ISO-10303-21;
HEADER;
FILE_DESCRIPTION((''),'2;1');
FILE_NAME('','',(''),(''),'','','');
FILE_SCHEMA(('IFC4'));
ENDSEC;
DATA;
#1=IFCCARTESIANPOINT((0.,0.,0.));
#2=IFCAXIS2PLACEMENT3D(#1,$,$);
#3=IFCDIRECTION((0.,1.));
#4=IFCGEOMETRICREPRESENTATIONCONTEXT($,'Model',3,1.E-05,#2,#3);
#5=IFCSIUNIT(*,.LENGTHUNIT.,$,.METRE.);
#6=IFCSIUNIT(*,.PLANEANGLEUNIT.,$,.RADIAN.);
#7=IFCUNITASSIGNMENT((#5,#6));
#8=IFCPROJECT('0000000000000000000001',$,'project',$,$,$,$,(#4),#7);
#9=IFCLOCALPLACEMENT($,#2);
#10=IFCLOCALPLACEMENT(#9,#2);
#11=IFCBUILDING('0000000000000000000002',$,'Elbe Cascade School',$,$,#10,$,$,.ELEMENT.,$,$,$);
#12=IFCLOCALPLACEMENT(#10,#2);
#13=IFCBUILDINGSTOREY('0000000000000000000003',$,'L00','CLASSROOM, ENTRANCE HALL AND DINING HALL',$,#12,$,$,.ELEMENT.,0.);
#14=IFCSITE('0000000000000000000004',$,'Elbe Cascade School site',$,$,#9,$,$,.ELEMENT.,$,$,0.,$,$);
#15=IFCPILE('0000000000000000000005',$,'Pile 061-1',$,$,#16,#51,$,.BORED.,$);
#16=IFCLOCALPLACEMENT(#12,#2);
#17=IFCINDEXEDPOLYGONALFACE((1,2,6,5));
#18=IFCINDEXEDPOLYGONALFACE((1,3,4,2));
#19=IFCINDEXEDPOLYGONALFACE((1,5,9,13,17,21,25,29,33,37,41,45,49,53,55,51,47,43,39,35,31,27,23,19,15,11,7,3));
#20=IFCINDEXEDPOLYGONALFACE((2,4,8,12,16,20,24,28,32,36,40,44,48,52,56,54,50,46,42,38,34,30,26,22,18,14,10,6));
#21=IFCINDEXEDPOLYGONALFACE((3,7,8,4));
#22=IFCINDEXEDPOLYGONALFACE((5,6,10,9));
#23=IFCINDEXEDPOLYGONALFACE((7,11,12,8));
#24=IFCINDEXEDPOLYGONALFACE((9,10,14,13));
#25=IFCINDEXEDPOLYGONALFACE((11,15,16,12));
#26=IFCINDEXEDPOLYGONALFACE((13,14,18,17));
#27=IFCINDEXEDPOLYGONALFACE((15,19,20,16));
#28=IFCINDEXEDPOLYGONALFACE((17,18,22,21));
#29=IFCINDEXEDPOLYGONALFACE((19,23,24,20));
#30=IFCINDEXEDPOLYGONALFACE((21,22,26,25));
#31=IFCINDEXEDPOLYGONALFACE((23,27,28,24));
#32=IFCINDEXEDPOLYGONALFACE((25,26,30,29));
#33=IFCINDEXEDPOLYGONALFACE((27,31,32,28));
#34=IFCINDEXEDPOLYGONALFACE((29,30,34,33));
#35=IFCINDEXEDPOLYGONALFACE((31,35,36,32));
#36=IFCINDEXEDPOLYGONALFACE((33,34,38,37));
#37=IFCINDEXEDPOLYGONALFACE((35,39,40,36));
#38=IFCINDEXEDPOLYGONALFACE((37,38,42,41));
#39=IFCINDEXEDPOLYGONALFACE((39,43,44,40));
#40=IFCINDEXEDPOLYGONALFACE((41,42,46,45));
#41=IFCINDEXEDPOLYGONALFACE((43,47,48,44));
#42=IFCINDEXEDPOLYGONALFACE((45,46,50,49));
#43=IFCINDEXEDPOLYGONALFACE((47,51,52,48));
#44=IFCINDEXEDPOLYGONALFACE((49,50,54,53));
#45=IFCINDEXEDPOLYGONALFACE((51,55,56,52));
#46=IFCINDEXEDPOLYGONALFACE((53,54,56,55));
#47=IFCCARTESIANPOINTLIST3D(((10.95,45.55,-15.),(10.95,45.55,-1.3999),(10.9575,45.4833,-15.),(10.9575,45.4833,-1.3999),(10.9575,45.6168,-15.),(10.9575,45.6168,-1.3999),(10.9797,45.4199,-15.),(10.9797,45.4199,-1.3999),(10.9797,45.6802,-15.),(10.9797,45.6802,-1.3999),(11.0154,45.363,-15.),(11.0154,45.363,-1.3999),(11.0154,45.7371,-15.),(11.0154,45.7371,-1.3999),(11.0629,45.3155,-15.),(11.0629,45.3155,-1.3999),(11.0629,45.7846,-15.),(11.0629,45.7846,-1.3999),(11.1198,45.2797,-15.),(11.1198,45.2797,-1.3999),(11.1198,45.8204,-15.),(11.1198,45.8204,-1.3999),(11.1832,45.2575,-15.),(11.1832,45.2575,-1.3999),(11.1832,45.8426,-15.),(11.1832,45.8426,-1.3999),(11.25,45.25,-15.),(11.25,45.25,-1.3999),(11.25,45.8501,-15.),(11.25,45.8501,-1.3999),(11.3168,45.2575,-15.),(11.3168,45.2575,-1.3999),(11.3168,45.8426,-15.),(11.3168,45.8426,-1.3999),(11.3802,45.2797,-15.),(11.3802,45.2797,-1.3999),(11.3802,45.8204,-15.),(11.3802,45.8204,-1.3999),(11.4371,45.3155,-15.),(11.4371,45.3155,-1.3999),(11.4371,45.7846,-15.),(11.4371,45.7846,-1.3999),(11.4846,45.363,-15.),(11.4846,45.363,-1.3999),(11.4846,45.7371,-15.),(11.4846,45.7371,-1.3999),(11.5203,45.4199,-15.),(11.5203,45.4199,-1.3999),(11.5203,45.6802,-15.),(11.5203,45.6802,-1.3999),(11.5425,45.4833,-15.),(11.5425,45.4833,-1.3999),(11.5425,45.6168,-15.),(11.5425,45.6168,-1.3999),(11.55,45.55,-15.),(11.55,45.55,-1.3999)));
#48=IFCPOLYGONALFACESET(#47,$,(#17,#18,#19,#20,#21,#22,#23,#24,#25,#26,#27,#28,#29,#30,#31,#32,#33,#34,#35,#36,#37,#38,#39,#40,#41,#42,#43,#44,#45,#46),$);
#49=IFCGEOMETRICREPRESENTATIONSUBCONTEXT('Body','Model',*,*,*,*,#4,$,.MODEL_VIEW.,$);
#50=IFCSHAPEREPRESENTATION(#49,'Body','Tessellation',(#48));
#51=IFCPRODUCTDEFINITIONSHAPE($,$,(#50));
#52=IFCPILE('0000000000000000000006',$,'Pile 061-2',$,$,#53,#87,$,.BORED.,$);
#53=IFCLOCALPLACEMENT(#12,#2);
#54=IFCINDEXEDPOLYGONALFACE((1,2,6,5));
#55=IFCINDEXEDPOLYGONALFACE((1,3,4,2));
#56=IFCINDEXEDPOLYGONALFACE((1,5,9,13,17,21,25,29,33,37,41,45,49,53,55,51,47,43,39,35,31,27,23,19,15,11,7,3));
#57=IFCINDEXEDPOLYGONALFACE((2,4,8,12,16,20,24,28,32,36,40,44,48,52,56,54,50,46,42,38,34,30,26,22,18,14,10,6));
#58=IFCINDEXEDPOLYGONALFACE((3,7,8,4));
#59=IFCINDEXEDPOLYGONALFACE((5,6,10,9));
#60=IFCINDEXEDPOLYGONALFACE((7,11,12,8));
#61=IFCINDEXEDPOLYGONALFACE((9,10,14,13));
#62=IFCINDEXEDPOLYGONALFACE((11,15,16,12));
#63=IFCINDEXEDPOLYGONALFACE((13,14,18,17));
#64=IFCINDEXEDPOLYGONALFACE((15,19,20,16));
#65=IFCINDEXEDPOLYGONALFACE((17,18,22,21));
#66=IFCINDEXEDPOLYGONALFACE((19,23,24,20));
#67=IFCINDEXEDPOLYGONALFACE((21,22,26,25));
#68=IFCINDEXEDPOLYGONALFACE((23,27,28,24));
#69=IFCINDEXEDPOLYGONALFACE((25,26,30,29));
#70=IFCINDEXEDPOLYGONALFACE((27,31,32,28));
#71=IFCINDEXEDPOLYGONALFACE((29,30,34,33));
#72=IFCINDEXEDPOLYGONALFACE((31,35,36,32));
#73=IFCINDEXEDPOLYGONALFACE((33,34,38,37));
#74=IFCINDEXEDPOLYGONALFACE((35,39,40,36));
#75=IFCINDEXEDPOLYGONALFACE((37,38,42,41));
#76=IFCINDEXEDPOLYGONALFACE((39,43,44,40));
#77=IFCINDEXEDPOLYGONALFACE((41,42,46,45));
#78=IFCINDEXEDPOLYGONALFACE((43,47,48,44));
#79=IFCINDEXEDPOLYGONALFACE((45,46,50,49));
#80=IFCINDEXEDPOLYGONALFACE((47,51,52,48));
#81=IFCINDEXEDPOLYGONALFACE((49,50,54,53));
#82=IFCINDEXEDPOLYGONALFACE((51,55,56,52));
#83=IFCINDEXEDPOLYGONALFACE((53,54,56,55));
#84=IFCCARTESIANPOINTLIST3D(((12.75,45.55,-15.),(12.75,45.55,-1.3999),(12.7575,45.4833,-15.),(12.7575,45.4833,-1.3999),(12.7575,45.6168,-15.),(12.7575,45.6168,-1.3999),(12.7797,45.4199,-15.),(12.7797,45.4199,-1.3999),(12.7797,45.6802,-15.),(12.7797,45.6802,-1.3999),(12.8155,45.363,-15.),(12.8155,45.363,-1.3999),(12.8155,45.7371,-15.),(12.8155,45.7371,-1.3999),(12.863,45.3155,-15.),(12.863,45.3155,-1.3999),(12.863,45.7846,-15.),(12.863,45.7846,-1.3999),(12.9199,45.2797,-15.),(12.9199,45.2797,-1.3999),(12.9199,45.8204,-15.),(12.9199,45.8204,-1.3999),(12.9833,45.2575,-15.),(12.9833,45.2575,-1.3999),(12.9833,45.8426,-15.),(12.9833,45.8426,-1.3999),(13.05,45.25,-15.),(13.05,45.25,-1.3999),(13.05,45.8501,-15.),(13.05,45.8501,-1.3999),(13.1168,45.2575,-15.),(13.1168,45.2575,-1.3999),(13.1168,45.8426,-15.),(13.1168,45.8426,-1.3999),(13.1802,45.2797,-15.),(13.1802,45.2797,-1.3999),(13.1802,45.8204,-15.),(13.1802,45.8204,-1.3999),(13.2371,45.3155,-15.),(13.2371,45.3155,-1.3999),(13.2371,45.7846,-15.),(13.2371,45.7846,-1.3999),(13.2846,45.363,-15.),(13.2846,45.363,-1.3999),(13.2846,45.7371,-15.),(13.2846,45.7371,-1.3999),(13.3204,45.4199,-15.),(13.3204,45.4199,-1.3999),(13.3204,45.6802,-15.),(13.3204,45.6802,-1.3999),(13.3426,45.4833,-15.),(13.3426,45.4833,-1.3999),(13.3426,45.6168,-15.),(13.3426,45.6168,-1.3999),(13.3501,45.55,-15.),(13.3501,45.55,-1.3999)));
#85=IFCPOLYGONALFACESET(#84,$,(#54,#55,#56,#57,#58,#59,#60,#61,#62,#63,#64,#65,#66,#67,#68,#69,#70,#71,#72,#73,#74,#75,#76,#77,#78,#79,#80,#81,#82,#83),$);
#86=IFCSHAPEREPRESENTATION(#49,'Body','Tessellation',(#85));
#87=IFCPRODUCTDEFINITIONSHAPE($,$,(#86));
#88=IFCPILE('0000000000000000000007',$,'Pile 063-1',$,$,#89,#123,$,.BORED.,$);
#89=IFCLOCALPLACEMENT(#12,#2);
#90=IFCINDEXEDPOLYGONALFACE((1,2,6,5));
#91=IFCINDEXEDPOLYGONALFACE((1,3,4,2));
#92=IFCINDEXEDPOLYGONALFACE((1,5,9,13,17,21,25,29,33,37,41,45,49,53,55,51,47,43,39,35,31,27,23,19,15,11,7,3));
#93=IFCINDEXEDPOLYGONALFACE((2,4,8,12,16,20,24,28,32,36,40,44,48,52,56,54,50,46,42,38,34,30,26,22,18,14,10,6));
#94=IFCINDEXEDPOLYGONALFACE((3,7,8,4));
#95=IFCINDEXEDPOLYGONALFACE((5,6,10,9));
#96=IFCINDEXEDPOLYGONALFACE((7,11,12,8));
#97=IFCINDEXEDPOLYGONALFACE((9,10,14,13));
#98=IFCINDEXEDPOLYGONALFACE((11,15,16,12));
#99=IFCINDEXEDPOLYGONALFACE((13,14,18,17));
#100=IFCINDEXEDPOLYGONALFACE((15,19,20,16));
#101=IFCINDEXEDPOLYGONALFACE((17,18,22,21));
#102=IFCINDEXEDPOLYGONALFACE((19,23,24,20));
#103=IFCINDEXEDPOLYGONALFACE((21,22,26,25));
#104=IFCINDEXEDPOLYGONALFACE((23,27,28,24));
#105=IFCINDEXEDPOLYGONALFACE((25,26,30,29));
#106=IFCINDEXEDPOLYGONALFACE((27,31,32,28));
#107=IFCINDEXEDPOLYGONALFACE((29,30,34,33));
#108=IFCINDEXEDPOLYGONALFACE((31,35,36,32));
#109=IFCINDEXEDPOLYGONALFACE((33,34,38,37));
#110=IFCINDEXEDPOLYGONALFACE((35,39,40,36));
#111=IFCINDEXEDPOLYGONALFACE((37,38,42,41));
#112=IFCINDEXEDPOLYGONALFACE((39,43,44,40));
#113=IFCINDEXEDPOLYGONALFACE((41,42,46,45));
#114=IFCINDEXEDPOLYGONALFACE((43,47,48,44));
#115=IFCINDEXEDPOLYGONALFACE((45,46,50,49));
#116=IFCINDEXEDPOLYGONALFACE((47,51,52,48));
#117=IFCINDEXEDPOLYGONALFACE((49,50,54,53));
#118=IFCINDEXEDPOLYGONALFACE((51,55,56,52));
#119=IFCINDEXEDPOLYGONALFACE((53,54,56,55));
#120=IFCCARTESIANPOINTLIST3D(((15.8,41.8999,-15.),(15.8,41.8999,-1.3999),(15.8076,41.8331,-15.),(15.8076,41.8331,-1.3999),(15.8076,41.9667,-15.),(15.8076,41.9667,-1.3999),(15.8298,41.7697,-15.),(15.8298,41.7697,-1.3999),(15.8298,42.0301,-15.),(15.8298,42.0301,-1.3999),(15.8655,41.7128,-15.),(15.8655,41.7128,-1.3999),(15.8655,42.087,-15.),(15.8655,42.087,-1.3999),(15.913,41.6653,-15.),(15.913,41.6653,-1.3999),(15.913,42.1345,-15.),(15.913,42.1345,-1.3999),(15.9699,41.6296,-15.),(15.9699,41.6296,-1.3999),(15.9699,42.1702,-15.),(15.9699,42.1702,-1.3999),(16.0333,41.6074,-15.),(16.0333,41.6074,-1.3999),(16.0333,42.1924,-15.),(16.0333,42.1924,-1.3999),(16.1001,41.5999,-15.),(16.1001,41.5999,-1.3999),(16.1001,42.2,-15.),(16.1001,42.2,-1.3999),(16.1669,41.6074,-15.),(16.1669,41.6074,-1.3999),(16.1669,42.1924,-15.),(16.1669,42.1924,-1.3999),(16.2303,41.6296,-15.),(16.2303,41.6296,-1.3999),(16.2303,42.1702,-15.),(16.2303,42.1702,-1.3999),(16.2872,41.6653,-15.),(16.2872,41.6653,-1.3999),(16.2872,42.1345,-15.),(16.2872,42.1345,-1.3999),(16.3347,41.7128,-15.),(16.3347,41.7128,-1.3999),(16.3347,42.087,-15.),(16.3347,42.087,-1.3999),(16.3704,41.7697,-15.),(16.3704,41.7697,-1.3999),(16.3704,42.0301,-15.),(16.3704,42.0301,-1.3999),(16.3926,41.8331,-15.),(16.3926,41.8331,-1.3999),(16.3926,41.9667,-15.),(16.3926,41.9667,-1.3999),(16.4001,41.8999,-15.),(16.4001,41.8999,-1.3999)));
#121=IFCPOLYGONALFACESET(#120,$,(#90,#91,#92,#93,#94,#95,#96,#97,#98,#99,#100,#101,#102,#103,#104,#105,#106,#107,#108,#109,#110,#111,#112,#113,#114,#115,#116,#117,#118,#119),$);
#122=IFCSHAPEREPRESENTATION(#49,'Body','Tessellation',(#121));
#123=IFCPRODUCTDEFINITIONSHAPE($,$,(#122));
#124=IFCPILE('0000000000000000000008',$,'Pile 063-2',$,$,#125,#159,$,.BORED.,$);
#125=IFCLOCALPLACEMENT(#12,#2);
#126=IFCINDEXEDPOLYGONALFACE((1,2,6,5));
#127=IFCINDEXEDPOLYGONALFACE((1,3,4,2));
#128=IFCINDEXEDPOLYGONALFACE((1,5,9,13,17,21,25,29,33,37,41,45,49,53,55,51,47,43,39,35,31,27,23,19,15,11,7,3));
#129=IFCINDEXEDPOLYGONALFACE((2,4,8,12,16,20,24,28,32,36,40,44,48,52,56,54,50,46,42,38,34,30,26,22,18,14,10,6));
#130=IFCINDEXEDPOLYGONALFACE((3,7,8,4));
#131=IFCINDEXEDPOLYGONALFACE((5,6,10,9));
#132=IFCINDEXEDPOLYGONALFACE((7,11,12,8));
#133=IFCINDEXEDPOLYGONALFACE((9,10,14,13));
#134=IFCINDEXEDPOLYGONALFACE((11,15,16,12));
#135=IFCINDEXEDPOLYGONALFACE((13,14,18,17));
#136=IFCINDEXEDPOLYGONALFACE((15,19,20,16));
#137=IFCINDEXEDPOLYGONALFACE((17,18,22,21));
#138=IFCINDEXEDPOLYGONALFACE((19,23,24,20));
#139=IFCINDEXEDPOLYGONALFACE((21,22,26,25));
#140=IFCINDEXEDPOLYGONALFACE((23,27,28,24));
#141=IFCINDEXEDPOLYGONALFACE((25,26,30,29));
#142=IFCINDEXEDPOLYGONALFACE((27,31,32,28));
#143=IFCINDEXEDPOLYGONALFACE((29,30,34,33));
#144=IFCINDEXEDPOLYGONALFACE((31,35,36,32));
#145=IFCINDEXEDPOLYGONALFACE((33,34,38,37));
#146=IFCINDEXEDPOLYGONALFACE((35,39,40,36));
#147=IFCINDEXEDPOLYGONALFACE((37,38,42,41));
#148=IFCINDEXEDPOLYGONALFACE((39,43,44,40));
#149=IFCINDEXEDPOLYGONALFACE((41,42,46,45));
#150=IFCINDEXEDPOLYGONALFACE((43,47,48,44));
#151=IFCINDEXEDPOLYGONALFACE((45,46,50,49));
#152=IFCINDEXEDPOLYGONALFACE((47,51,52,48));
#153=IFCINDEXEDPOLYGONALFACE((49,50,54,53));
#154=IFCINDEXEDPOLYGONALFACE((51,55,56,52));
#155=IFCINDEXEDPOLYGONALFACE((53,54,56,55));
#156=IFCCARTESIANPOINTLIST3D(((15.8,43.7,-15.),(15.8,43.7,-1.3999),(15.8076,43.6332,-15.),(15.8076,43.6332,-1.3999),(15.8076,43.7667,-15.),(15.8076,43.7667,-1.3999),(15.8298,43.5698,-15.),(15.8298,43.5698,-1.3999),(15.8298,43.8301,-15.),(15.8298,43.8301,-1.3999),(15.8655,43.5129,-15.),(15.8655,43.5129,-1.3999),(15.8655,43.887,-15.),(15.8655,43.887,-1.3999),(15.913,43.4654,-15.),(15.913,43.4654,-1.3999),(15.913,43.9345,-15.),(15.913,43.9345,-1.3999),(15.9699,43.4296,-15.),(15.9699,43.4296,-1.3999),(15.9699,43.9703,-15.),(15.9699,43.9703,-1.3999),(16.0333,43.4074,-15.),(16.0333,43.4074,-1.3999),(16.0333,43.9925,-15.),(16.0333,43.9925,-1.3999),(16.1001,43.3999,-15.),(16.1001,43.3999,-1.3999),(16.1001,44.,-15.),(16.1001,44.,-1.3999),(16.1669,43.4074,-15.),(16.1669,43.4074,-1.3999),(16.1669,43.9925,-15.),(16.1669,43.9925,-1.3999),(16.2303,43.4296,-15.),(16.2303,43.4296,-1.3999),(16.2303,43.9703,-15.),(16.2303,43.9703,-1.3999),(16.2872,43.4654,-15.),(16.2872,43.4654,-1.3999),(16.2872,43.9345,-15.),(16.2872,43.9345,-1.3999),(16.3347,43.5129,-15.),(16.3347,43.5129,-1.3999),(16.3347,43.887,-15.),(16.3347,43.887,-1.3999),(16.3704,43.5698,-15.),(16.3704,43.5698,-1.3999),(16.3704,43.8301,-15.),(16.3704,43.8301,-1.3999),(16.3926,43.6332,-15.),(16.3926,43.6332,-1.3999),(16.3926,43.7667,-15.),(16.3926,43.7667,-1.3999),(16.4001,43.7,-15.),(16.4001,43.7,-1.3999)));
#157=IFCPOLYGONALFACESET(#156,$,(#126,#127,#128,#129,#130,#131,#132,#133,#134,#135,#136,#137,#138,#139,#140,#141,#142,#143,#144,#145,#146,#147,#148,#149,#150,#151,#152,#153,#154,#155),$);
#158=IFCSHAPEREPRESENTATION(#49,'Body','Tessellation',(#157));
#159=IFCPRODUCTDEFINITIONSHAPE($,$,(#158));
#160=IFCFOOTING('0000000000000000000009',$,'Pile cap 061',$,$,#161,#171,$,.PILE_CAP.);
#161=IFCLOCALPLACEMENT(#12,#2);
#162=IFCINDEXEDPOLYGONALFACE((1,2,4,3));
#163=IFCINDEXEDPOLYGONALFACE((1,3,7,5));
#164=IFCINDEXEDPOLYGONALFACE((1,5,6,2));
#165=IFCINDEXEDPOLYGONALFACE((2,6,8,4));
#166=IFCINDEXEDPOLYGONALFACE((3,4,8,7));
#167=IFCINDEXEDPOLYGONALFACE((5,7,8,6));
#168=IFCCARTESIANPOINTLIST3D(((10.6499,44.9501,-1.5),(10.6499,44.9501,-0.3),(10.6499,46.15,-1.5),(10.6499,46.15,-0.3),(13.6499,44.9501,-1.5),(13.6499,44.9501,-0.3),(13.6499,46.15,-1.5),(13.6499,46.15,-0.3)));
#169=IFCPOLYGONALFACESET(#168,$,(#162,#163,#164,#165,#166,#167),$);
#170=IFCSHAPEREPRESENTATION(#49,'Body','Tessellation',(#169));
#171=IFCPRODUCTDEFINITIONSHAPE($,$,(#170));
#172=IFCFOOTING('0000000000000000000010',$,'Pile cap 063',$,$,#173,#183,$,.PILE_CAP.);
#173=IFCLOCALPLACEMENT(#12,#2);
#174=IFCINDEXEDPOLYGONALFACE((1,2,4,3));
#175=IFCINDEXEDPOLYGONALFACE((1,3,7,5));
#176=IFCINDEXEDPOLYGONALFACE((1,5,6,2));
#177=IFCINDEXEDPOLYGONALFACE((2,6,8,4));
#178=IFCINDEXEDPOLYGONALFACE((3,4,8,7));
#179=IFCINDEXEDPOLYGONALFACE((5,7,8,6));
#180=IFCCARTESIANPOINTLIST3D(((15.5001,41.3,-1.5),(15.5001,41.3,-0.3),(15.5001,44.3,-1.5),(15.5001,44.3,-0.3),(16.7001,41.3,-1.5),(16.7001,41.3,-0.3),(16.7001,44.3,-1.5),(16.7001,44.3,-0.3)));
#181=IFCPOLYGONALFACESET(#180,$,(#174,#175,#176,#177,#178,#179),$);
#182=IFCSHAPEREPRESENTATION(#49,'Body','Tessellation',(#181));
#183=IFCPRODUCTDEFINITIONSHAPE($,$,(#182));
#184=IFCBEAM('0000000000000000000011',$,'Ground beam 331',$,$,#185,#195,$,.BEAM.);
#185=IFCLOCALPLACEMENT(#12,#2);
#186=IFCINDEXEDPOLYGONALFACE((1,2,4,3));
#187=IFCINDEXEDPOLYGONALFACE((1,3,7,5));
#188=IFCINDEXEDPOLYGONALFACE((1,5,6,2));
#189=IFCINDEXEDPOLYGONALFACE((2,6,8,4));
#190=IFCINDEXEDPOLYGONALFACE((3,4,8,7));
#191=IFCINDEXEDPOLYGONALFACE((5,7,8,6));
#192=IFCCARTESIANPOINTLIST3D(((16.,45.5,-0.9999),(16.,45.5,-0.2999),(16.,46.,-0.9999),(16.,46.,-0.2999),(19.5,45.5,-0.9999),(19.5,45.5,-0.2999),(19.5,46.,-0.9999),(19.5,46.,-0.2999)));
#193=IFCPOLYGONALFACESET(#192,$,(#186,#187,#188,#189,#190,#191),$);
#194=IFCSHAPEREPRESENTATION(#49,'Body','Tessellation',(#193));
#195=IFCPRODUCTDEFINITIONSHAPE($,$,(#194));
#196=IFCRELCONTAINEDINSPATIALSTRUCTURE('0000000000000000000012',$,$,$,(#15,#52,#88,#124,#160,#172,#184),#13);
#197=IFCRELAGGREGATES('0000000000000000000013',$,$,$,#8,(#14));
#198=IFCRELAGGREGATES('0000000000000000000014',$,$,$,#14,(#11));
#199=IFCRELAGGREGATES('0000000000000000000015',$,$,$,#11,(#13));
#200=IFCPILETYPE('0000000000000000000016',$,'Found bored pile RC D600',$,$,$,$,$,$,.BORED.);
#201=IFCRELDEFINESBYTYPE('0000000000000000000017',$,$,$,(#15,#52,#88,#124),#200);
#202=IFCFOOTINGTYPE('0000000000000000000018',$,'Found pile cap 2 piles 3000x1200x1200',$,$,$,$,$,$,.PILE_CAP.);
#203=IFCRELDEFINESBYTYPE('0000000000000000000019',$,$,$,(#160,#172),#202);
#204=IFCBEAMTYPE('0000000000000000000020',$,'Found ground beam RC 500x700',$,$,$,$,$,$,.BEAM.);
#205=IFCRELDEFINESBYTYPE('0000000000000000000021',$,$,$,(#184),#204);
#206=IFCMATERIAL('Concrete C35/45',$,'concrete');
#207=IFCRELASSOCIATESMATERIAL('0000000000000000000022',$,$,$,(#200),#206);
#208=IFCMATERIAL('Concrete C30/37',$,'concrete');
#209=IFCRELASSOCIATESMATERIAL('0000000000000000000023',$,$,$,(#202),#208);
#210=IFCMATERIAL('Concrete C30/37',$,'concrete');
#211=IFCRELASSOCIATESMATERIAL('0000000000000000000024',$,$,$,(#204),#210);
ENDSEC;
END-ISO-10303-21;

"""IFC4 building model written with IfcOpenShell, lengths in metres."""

from ifc_helpers import new_model, si_unit, direction, frame, origin, origin_2d, place, context, subcontext, project, spatial, rectangle, circle, extrude, material, material_profile, profile_set, type_object, element, save


model = new_model("IFC4")

# Units and contexts
model_context = context("Model", 3, precision=1e-05, world=origin(), true_north=direction((0.0, 1.0)))
body_context = subcontext(model_context, "Body", "Model", "MODEL_VIEW")
ifc_project = project(units=[si_unit("LENGTHUNIT", "METRE"), si_unit("PLANEANGLEUNIT", "RADIAN")], contexts=[model_context])

# Site, building, storey
site_placement = place(None, origin())
site = spatial("IfcSite", under=ifc_project, at=site_placement, Name="Elbe Cascade School site", CompositionType="ELEMENT", RefElevation=0.0)
building_placement = place(site_placement, origin())
building = spatial("IfcBuilding", under=site, at=building_placement, Name="Elbe Cascade School", CompositionType="ELEMENT")
storey_placement = place(building_placement, origin())
storey = spatial("IfcBuildingStorey", under=building, at=storey_placement, Name="L00", Description="CLASSROOM, ENTRANCE HALL AND DINING HALL", CompositionType="ELEMENT", Elevation=0.0)

# Piles
ifc_material_1 = material(Name="Concrete C35/45", Category="concrete")
ifc_material_profile_1 = material_profile(ifc_material_1, circle(Radius=0.3, at=origin_2d()), Name="RC D600")
ifc_profile_set_1 = profile_set([ifc_material_profile_1], Name="Concrete C35/45")
pile_type = type_object("IfcPileType", Name="Found bored pile RC D600", PredefinedType="BORED", material=ifc_profile_set_1)
for number, where, z_axis, x_axis, name in (
    (1, (11.25, 45.55, -1.3999), (0.0, 0.0, -1.0), (1.0, 0.0, 0.0), "Pile 061-1"),
    (2, (13.05, 45.55, -1.3999), (0.0, 0.0, -1.0), (1.0, 0.0, 0.0), "Pile 061-2"),
    (3, (16.1001, 41.8999, -1.3999), (0.0, 0.0, -1.0), (1.0, 0.0, 0.0), "Pile 063-1"),
    (4, (16.1001, 43.7, -1.3999), (0.0, 0.0, -1.0), (1.0, 0.0, 0.0), "Pile 063-2"),
):
    element("IfcPile", number, at=place(storey_placement, frame(where, z_axis=z_axis, x_axis=x_axis)), inside=storey, type_object=pile_type, Name=name, PredefinedType="BORED", context=body_context, shape_type="SweptSolid", body=[
        extrude(circle(Radius=0.3, at=origin_2d()), origin(), (0.0, 0.0, 1.0), 13.6001),
    ])

# Footings
ifc_material_2 = material(Name="Concrete C30/37", Category="concrete")
footing_type = type_object("IfcFootingType", Name="Found pile cap 2 piles 3000x1200x1200", PredefinedType="PILE_CAP", material=ifc_material_2)
footing_1_placement = place(storey_placement, frame((12.1499, 45.55, -1.5), z_axis=(0.0, 0.0, 1.0), x_axis=(1.0, 0.0, 0.0)))
element("IfcFooting", 5, at=footing_1_placement, inside=storey, type_object=footing_type, Name="Pile cap 061", PredefinedType="PILE_CAP", context=body_context, shape_type="SweptSolid", body=[
    extrude(rectangle(XDim=3.0, YDim=1.2, at=origin_2d()), origin(), (0.0, 0.0, 1.0), 1.2),
])
footing_2_placement = place(storey_placement, frame((16.1001, 42.8, -1.5), z_axis=(0.0, 0.0, 1.0), x_axis=(1.0, 0.0, 0.0)))
element("IfcFooting", 6, at=footing_2_placement, inside=storey, type_object=footing_type, Name="Pile cap 063", PredefinedType="PILE_CAP", context=body_context, shape_type="SweptSolid", body=[
    extrude(rectangle(XDim=1.2, YDim=3.0, at=origin_2d()), origin(), (0.0, 0.0, 1.0), 1.2),
])

# Beam
ifc_material_3 = material(Name="Concrete C30/37", Category="concrete")
ifc_material_profile_2 = material_profile(ifc_material_3, rectangle(XDim=0.5, YDim=0.7, at=origin_2d()), Name="RC 500x700")
ifc_profile_set_2 = profile_set([ifc_material_profile_2], Name="Concrete C30/37")
beam_type_1 = type_object("IfcBeamType", Name="Found ground beam RC 500x700", PredefinedType="BEAM", material=ifc_profile_set_2)
beam_1_placement = place(storey_placement, frame((16.0, 45.75, -0.6499), z_axis=(1.0, 0.0, 0.0), x_axis=(0.0, 1.0, 0.0)))
element("IfcBeam", 7, at=beam_1_placement, inside=storey, type_object=beam_type_1, Name="Ground beam 331", PredefinedType="BEAM", context=body_context, shape_type="SweptSolid", body=[
    extrude(rectangle(XDim=0.5, YDim=0.7, at=origin_2d()), origin(), (0.0, 0.0, 1.0), 3.5),
])

save(model, "model.ifc")
